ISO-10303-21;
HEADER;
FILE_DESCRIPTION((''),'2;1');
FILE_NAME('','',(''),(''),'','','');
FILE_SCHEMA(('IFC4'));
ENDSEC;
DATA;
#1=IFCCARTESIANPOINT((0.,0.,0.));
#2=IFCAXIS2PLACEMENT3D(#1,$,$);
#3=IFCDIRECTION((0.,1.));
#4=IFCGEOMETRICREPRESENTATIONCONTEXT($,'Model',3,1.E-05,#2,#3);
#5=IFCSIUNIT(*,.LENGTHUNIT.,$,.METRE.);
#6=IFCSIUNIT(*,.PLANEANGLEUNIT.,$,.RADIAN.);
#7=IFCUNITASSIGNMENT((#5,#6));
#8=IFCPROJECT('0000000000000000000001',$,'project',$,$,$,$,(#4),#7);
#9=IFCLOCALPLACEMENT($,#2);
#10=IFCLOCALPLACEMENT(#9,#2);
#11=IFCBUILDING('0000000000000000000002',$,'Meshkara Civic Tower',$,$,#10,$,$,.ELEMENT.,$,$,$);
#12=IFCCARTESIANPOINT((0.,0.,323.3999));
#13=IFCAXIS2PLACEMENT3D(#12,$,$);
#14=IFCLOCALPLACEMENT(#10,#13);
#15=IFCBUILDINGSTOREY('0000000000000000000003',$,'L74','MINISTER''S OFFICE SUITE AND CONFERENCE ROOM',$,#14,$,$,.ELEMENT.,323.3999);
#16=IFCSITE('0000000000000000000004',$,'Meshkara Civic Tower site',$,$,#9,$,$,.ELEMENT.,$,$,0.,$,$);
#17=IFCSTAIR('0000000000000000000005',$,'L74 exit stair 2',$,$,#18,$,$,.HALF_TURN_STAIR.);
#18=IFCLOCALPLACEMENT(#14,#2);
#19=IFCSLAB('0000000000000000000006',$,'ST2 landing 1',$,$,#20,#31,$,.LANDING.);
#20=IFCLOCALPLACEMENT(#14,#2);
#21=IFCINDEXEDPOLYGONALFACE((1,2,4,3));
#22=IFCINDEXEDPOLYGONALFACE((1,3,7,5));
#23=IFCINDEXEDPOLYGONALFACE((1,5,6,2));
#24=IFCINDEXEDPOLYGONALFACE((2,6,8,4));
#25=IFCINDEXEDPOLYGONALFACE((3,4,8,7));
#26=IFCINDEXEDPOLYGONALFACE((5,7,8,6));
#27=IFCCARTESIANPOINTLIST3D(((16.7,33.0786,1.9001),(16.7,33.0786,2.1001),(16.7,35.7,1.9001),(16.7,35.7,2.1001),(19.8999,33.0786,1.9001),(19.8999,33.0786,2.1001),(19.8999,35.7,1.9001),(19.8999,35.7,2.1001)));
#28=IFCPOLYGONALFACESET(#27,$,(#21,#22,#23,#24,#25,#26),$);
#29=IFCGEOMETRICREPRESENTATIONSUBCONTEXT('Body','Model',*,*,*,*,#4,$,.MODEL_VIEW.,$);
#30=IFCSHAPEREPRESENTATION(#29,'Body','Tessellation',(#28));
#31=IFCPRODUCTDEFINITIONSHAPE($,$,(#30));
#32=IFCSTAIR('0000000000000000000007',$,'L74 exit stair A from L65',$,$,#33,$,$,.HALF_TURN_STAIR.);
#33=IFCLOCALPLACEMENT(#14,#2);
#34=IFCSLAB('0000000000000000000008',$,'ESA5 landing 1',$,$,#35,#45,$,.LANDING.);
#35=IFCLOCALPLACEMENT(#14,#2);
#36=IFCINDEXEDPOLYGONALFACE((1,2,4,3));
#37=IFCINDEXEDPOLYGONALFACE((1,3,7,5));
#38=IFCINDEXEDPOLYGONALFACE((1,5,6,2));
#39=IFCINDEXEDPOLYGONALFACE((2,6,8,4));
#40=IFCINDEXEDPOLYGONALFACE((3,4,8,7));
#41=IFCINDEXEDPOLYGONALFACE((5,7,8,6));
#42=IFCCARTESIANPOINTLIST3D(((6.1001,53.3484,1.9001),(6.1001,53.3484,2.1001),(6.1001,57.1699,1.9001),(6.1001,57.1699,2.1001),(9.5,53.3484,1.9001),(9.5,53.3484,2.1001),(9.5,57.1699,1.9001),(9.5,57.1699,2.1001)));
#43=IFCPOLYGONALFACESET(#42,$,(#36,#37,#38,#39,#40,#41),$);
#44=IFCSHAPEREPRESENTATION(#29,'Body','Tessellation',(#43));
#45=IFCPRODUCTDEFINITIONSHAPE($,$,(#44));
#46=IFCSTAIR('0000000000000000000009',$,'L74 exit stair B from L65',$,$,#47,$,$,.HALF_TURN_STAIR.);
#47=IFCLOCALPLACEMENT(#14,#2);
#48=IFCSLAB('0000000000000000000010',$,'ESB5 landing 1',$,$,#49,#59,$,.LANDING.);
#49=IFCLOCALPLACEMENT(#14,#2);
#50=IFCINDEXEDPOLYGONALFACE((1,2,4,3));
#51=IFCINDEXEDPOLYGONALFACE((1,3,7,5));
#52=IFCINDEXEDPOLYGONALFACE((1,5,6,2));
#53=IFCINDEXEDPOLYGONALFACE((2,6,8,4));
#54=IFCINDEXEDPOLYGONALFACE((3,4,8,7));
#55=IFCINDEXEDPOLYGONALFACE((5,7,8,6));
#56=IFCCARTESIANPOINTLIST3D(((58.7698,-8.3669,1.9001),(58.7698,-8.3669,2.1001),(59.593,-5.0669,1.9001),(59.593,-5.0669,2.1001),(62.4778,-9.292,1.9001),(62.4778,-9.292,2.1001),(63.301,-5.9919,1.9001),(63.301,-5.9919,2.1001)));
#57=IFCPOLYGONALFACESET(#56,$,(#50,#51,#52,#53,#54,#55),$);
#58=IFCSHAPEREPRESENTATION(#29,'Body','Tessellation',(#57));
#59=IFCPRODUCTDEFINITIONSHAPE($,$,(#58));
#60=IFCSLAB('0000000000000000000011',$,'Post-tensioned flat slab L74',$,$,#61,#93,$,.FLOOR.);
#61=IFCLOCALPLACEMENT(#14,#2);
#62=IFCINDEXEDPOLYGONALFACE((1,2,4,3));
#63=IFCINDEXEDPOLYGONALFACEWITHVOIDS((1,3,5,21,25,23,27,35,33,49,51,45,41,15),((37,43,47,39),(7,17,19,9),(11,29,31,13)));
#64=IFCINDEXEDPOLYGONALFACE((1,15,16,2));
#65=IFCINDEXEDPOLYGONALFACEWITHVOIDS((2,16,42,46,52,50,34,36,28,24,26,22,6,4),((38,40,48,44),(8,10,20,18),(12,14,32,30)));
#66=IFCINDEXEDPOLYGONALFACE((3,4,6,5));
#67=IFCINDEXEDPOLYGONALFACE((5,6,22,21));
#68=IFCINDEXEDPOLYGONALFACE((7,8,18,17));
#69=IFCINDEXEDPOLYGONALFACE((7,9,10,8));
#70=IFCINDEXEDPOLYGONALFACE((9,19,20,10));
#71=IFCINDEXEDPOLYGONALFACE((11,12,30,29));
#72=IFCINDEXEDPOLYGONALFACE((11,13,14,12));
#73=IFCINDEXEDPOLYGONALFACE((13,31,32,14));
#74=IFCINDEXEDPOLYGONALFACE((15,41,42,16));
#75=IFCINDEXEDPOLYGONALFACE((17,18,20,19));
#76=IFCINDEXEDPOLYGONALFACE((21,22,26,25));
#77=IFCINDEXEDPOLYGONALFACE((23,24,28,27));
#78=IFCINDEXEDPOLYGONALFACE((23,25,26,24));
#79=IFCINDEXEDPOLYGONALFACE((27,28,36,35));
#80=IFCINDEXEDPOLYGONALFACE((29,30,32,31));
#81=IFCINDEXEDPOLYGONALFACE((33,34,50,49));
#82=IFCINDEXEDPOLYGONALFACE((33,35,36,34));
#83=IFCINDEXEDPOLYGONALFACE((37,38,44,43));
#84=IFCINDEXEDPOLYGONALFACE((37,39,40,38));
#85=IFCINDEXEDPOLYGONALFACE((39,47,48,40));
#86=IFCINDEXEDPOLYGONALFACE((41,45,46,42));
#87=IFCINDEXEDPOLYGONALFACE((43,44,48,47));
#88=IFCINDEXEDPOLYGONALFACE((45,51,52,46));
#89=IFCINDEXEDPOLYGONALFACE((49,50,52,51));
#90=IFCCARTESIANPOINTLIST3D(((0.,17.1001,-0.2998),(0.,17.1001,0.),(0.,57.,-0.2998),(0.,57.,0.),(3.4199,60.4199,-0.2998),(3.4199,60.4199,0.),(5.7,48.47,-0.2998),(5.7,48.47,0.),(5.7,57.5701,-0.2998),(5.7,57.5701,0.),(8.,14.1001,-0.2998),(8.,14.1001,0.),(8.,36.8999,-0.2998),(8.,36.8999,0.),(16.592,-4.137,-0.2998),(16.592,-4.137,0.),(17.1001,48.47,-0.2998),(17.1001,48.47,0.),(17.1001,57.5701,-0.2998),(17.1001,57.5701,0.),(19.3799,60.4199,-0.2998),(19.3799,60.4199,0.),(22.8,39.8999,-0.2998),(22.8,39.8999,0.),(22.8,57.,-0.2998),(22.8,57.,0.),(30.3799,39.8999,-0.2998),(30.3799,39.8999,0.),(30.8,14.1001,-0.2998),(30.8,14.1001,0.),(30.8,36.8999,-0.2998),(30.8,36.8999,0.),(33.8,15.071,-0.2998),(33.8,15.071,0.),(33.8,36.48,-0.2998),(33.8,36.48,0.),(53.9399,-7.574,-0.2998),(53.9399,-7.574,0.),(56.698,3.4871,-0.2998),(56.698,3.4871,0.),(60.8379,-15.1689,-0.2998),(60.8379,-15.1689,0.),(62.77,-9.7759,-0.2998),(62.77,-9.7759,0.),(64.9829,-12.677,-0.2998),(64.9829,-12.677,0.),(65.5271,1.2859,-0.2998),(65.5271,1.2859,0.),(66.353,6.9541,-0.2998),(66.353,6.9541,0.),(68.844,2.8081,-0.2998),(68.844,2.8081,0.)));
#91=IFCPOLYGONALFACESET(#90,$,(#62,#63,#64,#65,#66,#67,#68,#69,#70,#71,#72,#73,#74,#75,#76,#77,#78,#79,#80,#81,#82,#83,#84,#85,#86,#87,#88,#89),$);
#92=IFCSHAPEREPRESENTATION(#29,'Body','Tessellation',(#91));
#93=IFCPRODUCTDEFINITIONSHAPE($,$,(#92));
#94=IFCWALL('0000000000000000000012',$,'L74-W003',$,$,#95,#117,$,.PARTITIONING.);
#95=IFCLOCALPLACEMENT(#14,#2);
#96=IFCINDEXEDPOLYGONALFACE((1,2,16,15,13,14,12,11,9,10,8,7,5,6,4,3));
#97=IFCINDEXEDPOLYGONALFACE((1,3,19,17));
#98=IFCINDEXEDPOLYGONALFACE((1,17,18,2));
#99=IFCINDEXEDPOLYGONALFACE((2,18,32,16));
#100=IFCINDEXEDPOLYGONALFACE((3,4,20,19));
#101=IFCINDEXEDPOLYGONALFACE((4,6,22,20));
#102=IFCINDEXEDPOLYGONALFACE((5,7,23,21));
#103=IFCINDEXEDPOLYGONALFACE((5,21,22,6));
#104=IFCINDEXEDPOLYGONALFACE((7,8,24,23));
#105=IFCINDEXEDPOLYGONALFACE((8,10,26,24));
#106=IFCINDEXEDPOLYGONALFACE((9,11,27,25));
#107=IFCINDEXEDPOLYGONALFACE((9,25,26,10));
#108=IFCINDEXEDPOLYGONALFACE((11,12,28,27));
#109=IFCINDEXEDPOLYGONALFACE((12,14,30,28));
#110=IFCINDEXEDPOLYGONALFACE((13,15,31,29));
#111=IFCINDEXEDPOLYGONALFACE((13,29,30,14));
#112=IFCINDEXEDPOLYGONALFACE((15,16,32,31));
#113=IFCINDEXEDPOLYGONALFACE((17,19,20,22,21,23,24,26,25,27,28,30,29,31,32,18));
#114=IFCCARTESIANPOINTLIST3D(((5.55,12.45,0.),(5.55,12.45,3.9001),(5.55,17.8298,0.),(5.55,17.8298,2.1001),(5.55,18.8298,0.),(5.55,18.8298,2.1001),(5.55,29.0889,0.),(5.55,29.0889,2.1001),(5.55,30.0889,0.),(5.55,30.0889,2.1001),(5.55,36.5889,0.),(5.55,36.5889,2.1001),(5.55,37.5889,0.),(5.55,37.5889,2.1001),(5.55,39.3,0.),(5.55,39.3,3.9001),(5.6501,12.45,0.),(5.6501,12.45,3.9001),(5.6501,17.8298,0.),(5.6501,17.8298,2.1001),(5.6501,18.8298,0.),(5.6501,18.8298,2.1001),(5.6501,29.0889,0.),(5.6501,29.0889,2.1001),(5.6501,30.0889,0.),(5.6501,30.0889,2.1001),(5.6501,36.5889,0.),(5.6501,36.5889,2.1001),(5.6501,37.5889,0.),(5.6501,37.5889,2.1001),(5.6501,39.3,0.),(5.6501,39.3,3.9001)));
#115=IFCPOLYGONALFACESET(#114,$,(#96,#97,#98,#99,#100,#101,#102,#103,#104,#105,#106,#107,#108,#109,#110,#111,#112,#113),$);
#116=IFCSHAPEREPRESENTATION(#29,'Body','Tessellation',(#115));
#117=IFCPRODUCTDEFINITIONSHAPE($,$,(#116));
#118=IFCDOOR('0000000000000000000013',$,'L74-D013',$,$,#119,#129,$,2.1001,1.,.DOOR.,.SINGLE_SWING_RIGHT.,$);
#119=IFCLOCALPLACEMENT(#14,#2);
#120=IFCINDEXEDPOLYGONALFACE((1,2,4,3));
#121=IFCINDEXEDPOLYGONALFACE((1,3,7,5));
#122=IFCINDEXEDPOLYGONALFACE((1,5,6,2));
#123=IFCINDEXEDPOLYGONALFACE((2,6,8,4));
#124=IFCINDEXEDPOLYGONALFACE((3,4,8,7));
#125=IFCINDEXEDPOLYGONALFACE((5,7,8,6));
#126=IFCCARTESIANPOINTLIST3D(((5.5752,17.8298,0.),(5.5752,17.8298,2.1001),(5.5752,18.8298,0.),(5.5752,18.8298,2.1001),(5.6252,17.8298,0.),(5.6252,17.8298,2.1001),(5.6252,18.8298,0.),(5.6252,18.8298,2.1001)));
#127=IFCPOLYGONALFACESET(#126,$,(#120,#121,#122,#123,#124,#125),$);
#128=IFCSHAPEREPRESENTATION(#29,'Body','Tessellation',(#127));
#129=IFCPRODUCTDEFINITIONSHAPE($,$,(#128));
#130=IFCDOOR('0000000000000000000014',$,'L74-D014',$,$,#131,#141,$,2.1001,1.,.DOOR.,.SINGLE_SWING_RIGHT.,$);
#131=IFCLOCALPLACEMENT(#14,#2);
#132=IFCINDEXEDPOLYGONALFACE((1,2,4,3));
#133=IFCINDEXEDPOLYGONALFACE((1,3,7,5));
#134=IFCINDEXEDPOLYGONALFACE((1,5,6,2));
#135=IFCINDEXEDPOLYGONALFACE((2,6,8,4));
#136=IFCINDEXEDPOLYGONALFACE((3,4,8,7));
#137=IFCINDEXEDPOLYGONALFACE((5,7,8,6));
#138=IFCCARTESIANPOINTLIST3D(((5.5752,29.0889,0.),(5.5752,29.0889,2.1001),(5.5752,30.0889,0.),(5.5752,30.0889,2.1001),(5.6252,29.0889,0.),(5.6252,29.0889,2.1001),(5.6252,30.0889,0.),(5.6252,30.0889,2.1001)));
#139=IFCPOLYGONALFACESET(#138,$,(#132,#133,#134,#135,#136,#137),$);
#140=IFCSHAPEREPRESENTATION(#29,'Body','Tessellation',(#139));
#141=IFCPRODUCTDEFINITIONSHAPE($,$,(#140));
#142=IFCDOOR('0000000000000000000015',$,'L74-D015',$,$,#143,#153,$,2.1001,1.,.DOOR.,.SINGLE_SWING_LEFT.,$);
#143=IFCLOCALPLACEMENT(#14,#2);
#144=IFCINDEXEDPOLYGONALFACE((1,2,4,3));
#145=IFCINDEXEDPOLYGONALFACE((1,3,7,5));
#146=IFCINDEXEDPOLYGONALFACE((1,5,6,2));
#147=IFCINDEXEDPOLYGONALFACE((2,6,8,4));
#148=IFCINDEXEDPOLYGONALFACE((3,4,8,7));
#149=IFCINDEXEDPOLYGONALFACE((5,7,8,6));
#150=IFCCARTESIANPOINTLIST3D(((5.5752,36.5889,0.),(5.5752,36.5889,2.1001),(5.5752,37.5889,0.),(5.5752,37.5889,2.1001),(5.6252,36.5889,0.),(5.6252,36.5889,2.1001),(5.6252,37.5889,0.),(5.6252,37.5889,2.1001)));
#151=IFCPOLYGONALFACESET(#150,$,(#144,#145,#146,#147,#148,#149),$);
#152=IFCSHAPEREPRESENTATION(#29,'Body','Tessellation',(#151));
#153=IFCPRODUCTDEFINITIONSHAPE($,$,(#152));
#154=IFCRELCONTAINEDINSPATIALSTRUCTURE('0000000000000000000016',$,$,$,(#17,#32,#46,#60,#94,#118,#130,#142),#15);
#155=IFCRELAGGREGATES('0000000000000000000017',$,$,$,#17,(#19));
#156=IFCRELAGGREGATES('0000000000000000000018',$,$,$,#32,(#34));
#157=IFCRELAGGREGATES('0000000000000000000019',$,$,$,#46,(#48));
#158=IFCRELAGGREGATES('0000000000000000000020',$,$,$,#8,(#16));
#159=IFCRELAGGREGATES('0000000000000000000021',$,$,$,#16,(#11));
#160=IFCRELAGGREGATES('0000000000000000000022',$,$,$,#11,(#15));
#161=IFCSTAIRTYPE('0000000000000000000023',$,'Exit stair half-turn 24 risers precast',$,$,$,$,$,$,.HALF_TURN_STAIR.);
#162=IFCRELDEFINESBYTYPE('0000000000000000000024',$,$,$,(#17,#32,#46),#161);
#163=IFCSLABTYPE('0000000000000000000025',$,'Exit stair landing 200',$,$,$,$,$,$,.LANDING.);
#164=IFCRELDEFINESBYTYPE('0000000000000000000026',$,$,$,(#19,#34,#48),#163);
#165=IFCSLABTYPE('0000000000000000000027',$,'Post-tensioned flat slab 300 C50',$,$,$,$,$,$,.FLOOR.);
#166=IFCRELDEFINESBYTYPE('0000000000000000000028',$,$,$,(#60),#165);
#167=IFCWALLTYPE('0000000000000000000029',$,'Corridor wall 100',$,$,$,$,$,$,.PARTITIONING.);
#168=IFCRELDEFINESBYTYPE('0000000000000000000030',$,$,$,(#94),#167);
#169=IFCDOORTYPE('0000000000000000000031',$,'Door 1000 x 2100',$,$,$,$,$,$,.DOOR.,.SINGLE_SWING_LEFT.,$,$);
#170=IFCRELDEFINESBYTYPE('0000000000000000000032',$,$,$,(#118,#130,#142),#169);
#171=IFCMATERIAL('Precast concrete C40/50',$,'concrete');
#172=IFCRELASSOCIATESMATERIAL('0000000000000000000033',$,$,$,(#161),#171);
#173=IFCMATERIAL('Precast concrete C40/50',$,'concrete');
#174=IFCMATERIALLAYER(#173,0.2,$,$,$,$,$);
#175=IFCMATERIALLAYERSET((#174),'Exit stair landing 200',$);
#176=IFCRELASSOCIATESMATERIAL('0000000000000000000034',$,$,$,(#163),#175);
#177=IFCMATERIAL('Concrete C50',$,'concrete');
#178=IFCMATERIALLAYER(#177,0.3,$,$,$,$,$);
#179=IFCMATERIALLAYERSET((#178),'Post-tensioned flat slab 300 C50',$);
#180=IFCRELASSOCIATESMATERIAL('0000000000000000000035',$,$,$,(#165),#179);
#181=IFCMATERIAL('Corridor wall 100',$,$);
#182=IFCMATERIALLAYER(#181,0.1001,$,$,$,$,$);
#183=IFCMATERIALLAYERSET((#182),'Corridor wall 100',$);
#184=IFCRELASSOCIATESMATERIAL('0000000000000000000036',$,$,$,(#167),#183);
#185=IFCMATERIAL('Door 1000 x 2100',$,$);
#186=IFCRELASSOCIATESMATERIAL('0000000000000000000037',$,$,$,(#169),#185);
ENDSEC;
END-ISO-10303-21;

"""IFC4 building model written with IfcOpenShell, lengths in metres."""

from ifc_helpers import new_model, si_unit, direction, frame, frame_2d, origin, place, context, subcontext, project, spatial, polyline, rectangle, outline, extrude, material, layer, layer_set, type_object, element, fill, aggregate, save


model = new_model("IFC4")

# Units and contexts
model_context = context("Model", 3, precision=1e-05, world=origin(), true_north=direction((0.0, 1.0)))
body_context = subcontext(model_context, "Body", "Model", "MODEL_VIEW")
ifc_project = project(units=[si_unit("LENGTHUNIT", "METRE"), si_unit("PLANEANGLEUNIT", "RADIAN")], contexts=[model_context])

# Site, building, storey
site_placement = place(None, origin())
site = spatial("IfcSite", under=ifc_project, at=site_placement, Name="Meshkara Civic Tower site", CompositionType="ELEMENT", RefElevation=0.0)
building_placement = place(site_placement, origin())
building = spatial("IfcBuilding", under=site, at=building_placement, Name="Meshkara Civic Tower", CompositionType="ELEMENT")
storey_placement = place(building_placement, frame((0.0, 0.0, 323.3999)))
storey = spatial("IfcBuildingStorey", under=building, at=storey_placement, Name="L74", Description="MINISTER'S OFFICE SUITE AND CONFERENCE ROOM", CompositionType="ELEMENT", Elevation=323.3999)

# Stairs, slabs
ifc_material_1 = material(Name="Precast concrete C40/50", Category="concrete")
stair_type = type_object("IfcStairType", Name="Exit stair half-turn 24 risers precast", PredefinedType="HALF_TURN_STAIR", material=ifc_material_1)
ifc_material_2 = material(Name="Precast concrete C40/50", Category="concrete")
ifc_layer_1 = layer(ifc_material_2, 0.2)
ifc_layer_set_1 = layer_set([ifc_layer_1], Name="Exit stair landing 200")
slab_type_1 = type_object("IfcSlabType", Name="Exit stair landing 200", PredefinedType="LANDING", material=ifc_layer_set_1)
stair_1_placement = place(storey_placement, origin())
stair_1 = element("IfcStair", 1, at=stair_1_placement, inside=storey, type_object=stair_type, Name="L74 exit stair 2", PredefinedType="HALF_TURN_STAIR")
slab_1_placement = place(storey_placement, frame((0.0, 0.0, 1.9001)))
slab_1 = element("IfcSlab", 2, at=slab_1_placement, type_object=slab_type_1, Name="ST2 landing 1", PredefinedType="LANDING", context=body_context, shape_type="SweptSolid", body=[
    extrude(outline(polyline([(19.8999, 33.0786), (19.8999, 35.7), (16.7, 35.7), (16.7, 33.0786), (19.8999, 33.0786)])), origin(), (0.0, 0.0, 1.0), 0.2),
])
aggregate(stair_1, [slab_1])
stair_2_placement = place(storey_placement, origin())
stair_2 = element("IfcStair", 3, at=stair_2_placement, inside=storey, type_object=stair_type, Name="L74 exit stair A from L65", PredefinedType="HALF_TURN_STAIR")
slab_2_placement = place(storey_placement, frame((0.0, 0.0, 1.9001)))
slab_2 = element("IfcSlab", 4, at=slab_2_placement, type_object=slab_type_1, Name="ESA5 landing 1", PredefinedType="LANDING", context=body_context, shape_type="SweptSolid", body=[
    extrude(outline(polyline([(9.5, 53.3484), (9.5, 57.1699), (6.1001, 57.1699), (6.1001, 53.3484), (9.5, 53.3484)])), origin(), (0.0, 0.0, 1.0), 0.2),
])
aggregate(stair_2, [slab_2])
stair_3_placement = place(storey_placement, origin())
stair_3 = element("IfcStair", 5, at=stair_3_placement, inside=storey, type_object=stair_type, Name="L74 exit stair B from L65", PredefinedType="HALF_TURN_STAIR")
slab_3_placement = place(storey_placement, frame((0.0, 0.0, 1.9001)))
slab_3 = element("IfcSlab", 6, at=slab_3_placement, type_object=slab_type_1, Name="ESB5 landing 1", PredefinedType="LANDING", context=body_context, shape_type="SweptSolid", body=[
    extrude(outline(polyline([(58.7698, -8.3669), (62.4778, -9.292), (63.301, -5.9919), (59.593, -5.0669), (58.7698, -8.3669)])), origin(), (0.0, 0.0, 1.0), 0.2),
])
aggregate(stair_3, [slab_3])

# Slab
ifc_material_3 = material(Name="Concrete C50", Category="concrete")
ifc_layer_2 = layer(ifc_material_3, 0.3)
ifc_layer_set_2 = layer_set([ifc_layer_2], Name="Post-tensioned flat slab 300 C50")
slab_type_2 = type_object("IfcSlabType", Name="Post-tensioned flat slab 300 C50", PredefinedType="FLOOR", material=ifc_layer_set_2)
slab_4_placement = place(storey_placement, frame((0.0, 0.0, -0.2998)))
element("IfcSlab", 7, at=slab_4_placement, inside=storey, type_object=slab_type_2, Name="Post-tensioned flat slab L74", PredefinedType="FLOOR", context=body_context, shape_type="SweptSolid", body=[
    extrude(outline(polyline([(64.9829, -12.677), (60.8379, -15.1689), (16.592, -4.137), (0.0, 17.1001), (0.0, 57.0), (3.4199, 60.4199), (19.3799, 60.4199), (22.8, 57.0), (22.8, 39.8999), (30.3799, 39.8999), (33.8, 36.48), (33.8, 15.071), (66.353, 6.9541), (68.844, 2.8081), (64.9829, -12.677)]), holes=[polyline([(62.77, -9.7759), (65.5271, 1.2859), (56.698, 3.4871), (53.9399, -7.574), (62.77, -9.7759)]), polyline([(8.0, 14.1001), (30.8, 14.1001), (30.8, 36.8999), (8.0, 36.8999), (8.0, 14.1001)]), polyline([(5.7, 57.5701), (5.7, 48.47), (17.1001, 48.47), (17.1001, 57.5701), (5.7, 57.5701)])]), origin(), (0.0, 0.0, 1.0), 0.2998),
])

# Wall, openings, doors
ifc_material_4 = material(Name="Corridor wall 100")
ifc_layer_3 = layer(ifc_material_4, 0.1001)
ifc_layer_set_3 = layer_set([ifc_layer_3], Name="Corridor wall 100")
wall_type_1 = type_object("IfcWallType", Name="Corridor wall 100", PredefinedType="PARTITIONING", material=ifc_layer_set_3)
wall_1_placement = place(storey_placement, frame((5.6001, 12.45, 0.0), z_axis=(0.0, 0.0, 1.0), x_axis=(0.0, 1.0, 0.0)))
wall_1 = element("IfcWall", 8, at=wall_1_placement, inside=storey, type_object=wall_type_1, Name="L74-W003", PredefinedType="PARTITIONING", context=body_context, shape_type="SweptSolid", body=[
    extrude(rectangle(XDim=26.8501, YDim=0.1001, at=frame_2d((13.425, 0.0))), origin(), (0.0, 0.0, 1.0), 3.9001),
])
opening_1_placement = place(wall_1_placement, frame((5.3799, 0.0, 0.0)))
opening_1 = element("IfcOpeningElement", 9, at=opening_1_placement, cuts=wall_1, PredefinedType="OPENING", context=body_context, shape_type="SweptSolid", body=[
    extrude(rectangle(XDim=1.0, YDim=2.1001, at=frame_2d((0.5, 1.05))), frame((0.0, 0.0601, 0.0), z_axis=(0.0, -1.0, 0.0), x_axis=(1.0, 0.0, 0.0)), (0.0, 0.0, 1.0), 0.1201),
])
opening_2_placement = place(wall_1_placement, frame((16.6389, 0.0, 0.0)))
opening_2 = element("IfcOpeningElement", 10, at=opening_2_placement, cuts=wall_1, PredefinedType="OPENING", context=body_context, shape_type="SweptSolid", body=[
    extrude(rectangle(XDim=1.0, YDim=2.1001, at=frame_2d((0.5, 1.05))), frame((0.0, 0.0601, 0.0), z_axis=(0.0, -1.0, 0.0), x_axis=(1.0, 0.0, 0.0)), (0.0, 0.0, 1.0), 0.1201),
])
opening_3_placement = place(wall_1_placement, frame((24.1389, 0.0, 0.0)))
opening_3 = element("IfcOpeningElement", 11, at=opening_3_placement, cuts=wall_1, PredefinedType="OPENING", context=body_context, shape_type="SweptSolid", body=[
    extrude(rectangle(XDim=1.0, YDim=2.1001, at=frame_2d((0.5, 1.05))), frame((0.0, 0.0601, 0.0), z_axis=(0.0, -1.0, 0.0), x_axis=(1.0, 0.0, 0.0)), (0.0, 0.0, 1.0), 0.1201),
])
ifc_material_5 = material(Name="Door 1000 x 2100")
door_type = type_object("IfcDoorType", Name="Door 1000 x 2100", OperationType="SINGLE_SWING_LEFT", PredefinedType="DOOR", material=ifc_material_5)
door_1_placement = place(opening_1_placement, origin())
door_1 = element("IfcDoor", 12, at=door_1_placement, inside=storey, type_object=door_type, Name="L74-D013", OperationType="SINGLE_SWING_RIGHT", OverallHeight=2.1001, OverallWidth=1.0, PredefinedType="DOOR", context=body_context, shape_type="SweptSolid", body=[
    extrude(rectangle(XDim=1.0, YDim=2.1001, at=frame_2d((0.5, 1.05))), frame((0.0, 0.0249, 0.0), z_axis=(0.0, -1.0, 0.0), x_axis=(1.0, 0.0, 0.0)), (0.0, 0.0, 1.0), 0.05),
])
fill(opening_1, door_1)
door_2_placement = place(opening_2_placement, origin())
door_2 = element("IfcDoor", 13, at=door_2_placement, inside=storey, type_object=door_type, Name="L74-D014", OperationType="SINGLE_SWING_RIGHT", OverallHeight=2.1001, OverallWidth=1.0, PredefinedType="DOOR", context=body_context, shape_type="SweptSolid", body=[
    extrude(rectangle(XDim=1.0, YDim=2.1001, at=frame_2d((0.5, 1.05))), frame((0.0, 0.0249, 0.0), z_axis=(0.0, -1.0, 0.0), x_axis=(1.0, 0.0, 0.0)), (0.0, 0.0, 1.0), 0.05),
])
fill(opening_2, door_2)
door_3_placement = place(opening_3_placement, origin())
door_3 = element("IfcDoor", 14, at=door_3_placement, inside=storey, type_object=door_type, Name="L74-D015", OperationType="SINGLE_SWING_LEFT", OverallHeight=2.1001, OverallWidth=1.0, PredefinedType="DOOR", context=body_context, shape_type="SweptSolid", body=[
    extrude(rectangle(XDim=1.0, YDim=2.1001, at=frame_2d((0.5, 1.05))), frame((0.0, 0.0249, 0.0), z_axis=(0.0, -1.0, 0.0), x_axis=(1.0, 0.0, 0.0)), (0.0, 0.0, 1.0), 0.05),
])
fill(opening_3, door_3)

save(model, "model.ifc")
